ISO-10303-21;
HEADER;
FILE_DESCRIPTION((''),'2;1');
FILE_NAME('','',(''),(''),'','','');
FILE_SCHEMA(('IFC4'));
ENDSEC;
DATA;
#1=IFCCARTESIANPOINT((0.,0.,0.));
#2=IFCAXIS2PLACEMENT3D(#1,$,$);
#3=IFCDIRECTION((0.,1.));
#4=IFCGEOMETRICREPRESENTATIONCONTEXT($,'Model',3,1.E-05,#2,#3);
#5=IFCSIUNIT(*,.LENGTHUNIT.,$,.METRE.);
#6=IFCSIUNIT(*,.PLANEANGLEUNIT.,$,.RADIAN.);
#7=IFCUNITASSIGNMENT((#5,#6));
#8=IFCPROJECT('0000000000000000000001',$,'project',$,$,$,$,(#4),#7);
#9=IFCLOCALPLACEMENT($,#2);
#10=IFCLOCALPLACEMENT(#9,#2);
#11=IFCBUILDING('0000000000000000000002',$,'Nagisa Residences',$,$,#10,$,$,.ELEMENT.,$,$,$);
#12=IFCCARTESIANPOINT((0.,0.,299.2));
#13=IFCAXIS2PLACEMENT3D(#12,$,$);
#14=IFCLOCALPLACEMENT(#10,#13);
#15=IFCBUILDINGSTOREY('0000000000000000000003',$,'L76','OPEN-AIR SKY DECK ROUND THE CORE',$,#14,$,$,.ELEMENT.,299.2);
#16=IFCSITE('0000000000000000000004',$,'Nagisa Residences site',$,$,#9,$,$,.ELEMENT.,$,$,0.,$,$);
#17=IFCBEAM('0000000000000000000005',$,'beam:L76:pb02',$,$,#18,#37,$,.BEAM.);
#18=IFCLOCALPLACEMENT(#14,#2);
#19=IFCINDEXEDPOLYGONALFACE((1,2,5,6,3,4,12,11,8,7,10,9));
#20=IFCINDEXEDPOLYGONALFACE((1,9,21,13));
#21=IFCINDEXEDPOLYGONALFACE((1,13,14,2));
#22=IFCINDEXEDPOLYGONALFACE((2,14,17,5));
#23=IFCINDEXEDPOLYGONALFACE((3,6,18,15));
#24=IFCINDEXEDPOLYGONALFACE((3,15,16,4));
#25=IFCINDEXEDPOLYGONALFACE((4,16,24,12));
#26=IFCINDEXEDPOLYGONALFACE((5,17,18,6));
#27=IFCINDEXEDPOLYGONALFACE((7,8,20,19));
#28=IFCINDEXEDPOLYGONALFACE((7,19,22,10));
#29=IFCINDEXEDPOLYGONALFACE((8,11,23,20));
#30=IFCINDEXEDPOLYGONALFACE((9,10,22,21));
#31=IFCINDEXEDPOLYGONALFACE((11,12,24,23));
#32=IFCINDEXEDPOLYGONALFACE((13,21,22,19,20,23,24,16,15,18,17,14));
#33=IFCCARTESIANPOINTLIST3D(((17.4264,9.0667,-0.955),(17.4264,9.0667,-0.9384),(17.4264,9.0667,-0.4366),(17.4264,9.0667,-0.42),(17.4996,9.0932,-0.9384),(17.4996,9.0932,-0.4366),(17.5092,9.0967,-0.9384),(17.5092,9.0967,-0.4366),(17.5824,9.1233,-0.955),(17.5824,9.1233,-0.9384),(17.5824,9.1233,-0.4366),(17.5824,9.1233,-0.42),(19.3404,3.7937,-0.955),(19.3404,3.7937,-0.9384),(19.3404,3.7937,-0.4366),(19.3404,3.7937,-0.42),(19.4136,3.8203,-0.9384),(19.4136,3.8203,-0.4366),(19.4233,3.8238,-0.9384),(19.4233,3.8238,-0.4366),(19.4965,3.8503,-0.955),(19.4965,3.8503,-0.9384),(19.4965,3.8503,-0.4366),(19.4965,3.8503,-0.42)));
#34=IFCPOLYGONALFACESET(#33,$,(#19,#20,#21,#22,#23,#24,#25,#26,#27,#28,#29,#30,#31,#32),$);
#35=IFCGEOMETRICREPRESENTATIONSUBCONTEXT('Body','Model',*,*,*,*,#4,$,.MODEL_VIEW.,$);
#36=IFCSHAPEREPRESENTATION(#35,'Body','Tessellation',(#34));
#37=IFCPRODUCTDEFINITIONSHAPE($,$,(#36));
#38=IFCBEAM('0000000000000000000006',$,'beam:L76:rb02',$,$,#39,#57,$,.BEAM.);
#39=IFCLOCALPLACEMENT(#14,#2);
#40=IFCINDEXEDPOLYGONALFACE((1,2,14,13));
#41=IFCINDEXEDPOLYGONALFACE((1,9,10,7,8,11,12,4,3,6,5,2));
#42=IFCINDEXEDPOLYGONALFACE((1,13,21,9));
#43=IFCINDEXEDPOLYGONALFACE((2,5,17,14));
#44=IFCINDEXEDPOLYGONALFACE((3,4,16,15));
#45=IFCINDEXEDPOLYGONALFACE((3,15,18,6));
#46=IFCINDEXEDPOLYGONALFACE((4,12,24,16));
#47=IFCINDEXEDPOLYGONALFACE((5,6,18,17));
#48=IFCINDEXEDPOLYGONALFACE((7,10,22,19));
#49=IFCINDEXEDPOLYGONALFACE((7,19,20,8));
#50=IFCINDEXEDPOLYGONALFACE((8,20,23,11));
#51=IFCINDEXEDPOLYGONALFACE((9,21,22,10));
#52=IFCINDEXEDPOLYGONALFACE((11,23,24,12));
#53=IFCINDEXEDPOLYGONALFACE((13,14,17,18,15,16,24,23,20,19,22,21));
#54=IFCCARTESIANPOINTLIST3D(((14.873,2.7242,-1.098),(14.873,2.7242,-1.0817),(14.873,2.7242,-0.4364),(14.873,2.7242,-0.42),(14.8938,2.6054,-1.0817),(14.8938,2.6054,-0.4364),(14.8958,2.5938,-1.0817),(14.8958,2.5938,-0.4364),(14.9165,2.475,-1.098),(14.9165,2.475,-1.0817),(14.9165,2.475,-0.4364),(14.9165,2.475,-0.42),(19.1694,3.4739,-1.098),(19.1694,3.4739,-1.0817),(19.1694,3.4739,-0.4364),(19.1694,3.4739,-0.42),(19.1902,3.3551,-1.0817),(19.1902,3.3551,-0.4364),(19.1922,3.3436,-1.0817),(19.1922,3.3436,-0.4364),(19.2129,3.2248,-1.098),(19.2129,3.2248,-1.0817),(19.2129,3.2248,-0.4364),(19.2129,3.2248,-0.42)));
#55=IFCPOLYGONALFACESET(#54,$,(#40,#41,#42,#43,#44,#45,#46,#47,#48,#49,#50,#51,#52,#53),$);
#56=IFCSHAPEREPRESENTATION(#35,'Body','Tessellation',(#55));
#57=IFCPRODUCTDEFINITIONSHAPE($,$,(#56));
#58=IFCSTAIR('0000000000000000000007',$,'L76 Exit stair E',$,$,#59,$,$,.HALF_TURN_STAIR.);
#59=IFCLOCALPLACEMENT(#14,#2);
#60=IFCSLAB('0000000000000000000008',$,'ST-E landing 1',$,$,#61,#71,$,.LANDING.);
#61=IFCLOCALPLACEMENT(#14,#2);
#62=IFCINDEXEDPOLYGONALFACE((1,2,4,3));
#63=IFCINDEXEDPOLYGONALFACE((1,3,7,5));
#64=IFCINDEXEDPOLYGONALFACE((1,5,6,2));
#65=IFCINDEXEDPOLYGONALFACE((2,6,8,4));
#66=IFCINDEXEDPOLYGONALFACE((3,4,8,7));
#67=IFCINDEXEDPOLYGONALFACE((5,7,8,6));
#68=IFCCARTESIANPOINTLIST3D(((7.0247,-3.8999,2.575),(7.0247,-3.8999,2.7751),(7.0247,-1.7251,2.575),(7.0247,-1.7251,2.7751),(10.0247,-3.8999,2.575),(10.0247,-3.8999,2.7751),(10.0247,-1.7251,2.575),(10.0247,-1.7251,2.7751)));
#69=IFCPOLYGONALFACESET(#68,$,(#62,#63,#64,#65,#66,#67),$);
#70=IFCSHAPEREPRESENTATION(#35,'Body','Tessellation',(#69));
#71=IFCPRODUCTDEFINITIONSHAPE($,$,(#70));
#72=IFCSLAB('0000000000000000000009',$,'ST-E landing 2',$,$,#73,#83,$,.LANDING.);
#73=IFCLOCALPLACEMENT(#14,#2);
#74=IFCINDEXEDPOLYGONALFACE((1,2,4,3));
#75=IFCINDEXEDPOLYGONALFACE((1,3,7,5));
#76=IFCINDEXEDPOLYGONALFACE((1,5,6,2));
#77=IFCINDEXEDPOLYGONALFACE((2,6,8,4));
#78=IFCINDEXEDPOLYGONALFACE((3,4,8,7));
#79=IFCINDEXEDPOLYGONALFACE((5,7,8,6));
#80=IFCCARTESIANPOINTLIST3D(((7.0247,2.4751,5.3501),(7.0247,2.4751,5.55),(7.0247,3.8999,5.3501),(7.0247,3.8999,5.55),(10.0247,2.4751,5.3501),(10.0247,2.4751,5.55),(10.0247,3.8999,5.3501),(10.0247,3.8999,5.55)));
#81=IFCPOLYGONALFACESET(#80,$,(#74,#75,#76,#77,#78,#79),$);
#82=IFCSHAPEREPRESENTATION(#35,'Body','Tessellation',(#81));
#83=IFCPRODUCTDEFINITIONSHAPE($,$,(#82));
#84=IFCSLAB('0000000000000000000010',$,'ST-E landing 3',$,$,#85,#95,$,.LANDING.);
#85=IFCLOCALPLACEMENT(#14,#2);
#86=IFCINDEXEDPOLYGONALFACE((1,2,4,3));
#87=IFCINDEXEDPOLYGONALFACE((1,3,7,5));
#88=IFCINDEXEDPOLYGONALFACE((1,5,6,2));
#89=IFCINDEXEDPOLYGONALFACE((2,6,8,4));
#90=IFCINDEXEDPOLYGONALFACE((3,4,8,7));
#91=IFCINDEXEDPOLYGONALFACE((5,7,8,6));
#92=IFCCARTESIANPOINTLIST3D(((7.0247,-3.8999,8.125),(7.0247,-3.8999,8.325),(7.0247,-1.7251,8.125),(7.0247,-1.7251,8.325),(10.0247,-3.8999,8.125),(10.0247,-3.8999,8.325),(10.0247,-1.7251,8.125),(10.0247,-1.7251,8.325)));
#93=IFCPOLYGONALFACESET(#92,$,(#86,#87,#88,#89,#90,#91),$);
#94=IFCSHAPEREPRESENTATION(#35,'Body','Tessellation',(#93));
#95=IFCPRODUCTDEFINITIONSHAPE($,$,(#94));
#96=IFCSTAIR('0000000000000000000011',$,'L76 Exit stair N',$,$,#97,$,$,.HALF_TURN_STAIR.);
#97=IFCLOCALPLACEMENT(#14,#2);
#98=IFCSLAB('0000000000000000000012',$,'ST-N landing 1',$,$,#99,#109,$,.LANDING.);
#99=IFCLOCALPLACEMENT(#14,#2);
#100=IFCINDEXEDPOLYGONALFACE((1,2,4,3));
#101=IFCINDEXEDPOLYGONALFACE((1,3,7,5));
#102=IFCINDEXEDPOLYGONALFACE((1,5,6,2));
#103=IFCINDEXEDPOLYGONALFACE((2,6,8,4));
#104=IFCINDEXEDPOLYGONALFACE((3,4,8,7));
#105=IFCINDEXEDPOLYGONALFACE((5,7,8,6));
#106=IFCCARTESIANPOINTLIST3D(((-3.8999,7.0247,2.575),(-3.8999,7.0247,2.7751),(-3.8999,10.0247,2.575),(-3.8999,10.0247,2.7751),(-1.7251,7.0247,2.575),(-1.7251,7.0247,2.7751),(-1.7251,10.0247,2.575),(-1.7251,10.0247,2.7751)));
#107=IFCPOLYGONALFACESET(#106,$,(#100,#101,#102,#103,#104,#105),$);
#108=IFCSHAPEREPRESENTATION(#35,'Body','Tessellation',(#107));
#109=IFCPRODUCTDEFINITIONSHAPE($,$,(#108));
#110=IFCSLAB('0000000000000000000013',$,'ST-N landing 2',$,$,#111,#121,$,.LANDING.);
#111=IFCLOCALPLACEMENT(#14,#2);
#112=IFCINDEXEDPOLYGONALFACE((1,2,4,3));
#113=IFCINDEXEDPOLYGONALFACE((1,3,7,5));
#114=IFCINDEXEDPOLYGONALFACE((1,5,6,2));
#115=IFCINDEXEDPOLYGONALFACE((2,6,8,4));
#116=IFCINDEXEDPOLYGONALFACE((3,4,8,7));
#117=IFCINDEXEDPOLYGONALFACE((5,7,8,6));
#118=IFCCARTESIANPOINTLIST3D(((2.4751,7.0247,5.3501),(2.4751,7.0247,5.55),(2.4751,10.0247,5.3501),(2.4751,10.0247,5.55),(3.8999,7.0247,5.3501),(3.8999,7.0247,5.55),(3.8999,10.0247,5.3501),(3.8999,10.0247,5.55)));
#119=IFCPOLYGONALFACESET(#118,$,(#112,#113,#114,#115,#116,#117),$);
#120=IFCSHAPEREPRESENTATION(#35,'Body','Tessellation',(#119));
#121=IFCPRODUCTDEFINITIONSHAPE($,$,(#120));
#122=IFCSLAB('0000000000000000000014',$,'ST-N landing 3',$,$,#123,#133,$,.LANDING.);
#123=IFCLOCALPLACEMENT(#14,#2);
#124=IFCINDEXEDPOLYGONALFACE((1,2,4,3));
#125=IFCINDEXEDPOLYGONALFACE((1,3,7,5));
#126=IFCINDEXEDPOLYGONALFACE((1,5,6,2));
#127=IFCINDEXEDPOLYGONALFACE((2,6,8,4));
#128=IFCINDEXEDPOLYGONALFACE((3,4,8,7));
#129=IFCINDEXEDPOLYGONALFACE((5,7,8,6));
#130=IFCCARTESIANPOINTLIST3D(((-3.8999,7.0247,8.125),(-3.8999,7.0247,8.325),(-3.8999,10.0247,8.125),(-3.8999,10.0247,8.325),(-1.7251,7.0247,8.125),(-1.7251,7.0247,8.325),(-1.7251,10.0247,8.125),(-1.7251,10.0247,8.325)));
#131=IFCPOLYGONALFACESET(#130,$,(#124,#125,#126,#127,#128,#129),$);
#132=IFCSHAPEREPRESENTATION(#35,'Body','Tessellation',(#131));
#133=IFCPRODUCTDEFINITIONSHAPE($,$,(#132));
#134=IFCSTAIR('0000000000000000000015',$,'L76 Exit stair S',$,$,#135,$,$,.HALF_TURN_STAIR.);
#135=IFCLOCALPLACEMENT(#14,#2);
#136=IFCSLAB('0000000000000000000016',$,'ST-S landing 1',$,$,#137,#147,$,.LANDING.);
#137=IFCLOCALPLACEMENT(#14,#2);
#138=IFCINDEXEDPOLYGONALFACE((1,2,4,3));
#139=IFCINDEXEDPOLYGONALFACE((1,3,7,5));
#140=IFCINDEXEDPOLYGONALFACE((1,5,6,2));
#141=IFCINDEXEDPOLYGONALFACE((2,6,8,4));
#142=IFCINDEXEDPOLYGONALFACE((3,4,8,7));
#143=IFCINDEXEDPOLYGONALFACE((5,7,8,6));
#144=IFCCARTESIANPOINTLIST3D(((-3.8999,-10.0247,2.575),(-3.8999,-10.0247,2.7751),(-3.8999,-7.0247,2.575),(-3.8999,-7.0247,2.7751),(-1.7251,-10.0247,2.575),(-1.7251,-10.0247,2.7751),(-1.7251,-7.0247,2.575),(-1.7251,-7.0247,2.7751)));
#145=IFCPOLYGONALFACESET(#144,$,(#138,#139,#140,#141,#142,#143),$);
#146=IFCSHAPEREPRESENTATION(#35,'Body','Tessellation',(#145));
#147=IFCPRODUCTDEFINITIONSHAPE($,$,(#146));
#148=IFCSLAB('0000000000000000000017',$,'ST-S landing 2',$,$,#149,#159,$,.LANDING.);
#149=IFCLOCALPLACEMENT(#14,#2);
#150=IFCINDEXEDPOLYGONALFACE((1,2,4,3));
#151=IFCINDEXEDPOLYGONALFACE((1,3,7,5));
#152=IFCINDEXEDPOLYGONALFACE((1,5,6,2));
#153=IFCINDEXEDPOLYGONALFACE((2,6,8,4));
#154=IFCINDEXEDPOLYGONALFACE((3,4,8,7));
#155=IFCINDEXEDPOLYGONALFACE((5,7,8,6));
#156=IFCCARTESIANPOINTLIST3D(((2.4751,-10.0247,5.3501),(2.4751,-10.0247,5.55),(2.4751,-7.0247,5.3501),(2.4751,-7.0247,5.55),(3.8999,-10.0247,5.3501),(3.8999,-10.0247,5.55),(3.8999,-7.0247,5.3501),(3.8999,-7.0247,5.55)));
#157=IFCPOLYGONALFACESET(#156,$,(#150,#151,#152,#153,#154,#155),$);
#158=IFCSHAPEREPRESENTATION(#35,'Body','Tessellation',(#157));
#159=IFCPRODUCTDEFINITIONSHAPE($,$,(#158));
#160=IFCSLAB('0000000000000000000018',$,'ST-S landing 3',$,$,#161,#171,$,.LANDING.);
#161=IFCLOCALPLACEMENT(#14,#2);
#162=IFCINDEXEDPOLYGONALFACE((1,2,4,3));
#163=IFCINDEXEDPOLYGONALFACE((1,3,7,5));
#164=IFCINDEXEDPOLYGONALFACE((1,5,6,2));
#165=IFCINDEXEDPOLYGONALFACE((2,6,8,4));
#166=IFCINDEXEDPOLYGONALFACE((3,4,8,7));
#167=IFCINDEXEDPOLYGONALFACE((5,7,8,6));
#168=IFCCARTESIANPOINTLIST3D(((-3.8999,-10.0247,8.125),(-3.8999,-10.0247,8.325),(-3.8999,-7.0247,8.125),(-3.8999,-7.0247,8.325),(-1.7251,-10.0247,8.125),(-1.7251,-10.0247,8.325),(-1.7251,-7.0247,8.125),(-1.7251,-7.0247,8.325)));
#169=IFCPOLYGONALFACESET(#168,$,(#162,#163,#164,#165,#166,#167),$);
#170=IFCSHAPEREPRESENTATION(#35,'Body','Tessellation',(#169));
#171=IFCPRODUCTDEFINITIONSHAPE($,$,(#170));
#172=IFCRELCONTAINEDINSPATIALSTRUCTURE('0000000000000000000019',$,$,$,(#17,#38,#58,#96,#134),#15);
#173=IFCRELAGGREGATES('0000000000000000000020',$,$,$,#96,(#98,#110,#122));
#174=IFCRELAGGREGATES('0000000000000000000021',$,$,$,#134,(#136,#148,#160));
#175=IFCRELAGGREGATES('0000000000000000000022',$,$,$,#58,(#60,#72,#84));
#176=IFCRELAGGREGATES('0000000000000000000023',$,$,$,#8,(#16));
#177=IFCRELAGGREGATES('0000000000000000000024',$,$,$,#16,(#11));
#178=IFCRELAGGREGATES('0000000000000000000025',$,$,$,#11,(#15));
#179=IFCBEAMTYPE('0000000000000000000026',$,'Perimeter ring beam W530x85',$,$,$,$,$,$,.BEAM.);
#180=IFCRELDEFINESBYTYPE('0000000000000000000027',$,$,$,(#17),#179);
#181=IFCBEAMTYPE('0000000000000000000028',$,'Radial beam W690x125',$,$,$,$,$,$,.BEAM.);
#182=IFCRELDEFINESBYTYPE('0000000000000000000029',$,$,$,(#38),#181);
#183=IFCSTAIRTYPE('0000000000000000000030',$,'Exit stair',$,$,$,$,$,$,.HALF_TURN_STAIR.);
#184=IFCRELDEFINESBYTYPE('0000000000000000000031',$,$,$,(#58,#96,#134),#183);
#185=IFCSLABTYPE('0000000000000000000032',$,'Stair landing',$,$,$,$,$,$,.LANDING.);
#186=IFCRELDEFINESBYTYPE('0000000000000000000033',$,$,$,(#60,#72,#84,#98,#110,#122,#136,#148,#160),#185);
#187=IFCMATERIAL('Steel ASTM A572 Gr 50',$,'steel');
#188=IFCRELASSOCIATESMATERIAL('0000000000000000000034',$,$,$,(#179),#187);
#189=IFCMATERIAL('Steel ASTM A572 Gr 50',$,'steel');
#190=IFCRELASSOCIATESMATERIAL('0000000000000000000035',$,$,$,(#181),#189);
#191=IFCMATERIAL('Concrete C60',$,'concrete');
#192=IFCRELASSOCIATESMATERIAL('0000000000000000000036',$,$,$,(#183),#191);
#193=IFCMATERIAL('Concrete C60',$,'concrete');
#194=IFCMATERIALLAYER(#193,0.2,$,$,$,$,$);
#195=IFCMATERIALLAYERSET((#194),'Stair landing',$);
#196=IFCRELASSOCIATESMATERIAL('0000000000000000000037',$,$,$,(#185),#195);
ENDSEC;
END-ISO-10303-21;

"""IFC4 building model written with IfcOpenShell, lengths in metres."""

from ifc_helpers import new_model, si_unit, direction, frame, origin, origin_2d, place, context, subcontext, project, spatial, polyline, i_section, outline, extrude, material, layer, layer_set, material_profile, profile_set, type_object, element, aggregate, save


model = new_model("IFC4")

# Units and contexts
model_context = context("Model", 3, precision=1e-05, world=origin(), true_north=direction((0.0, 1.0)))
body_context = subcontext(model_context, "Body", "Model", "MODEL_VIEW")
ifc_project = project(units=[si_unit("LENGTHUNIT", "METRE"), si_unit("PLANEANGLEUNIT", "RADIAN")], contexts=[model_context])

# Site, building, storey
site_placement = place(None, origin())
site = spatial("IfcSite", under=ifc_project, at=site_placement, Name="Nagisa Residences site", CompositionType="ELEMENT", RefElevation=0.0)
building_placement = place(site_placement, origin())
building = spatial("IfcBuilding", under=site, at=building_placement, Name="Nagisa Residences", CompositionType="ELEMENT")
storey_placement = place(building_placement, frame((0.0, 0.0, 299.2)))
storey = spatial("IfcBuildingStorey", under=building, at=storey_placement, Name="L76", Description="OPEN-AIR SKY DECK ROUND THE CORE", CompositionType="ELEMENT", Elevation=299.2)

# Beams
ifc_material_1 = material(Name="Steel ASTM A572 Gr 50", Category="steel")
ifc_material_profile_1 = material_profile(ifc_material_1, i_section(OverallWidth=0.166, OverallDepth=0.5349, WebThickness=0.0103, FlangeThickness=0.0166, at=origin_2d()), Name="W530x85")
ifc_profile_set_1 = profile_set([ifc_material_profile_1], Name="Steel ASTM A572 Gr 50")
beam_type_1 = type_object("IfcBeamType", Name="Perimeter ring beam W530x85", PredefinedType="BEAM", material=ifc_profile_set_1)
beam_1_placement = place(storey_placement, frame((19.4185, 3.822, -0.6875), z_axis=(-0.341212, 0.939986, 0.0), x_axis=(-0.939986, -0.341212, 0.0)))
element("IfcBeam", 1, at=beam_1_placement, inside=storey, type_object=beam_type_1, Name="beam:L76:pb02", PredefinedType="BEAM", context=body_context, shape_type="SweptSolid", body=[
    extrude(i_section(OverallWidth=0.166, OverallDepth=0.5349, WebThickness=0.0103, FlangeThickness=0.0166, at=origin_2d()), origin(), (0.0, 0.0, 1.0), 5.6096),
])
ifc_material_2 = material(Name="Steel ASTM A572 Gr 50", Category="steel")
ifc_material_profile_2 = material_profile(ifc_material_2, i_section(OverallWidth=0.2529, OverallDepth=0.678, WebThickness=0.0117, FlangeThickness=0.0164, at=origin_2d()), Name="W690x125")
ifc_profile_set_2 = profile_set([ifc_material_profile_2], Name="Steel ASTM A572 Gr 50")
beam_type_2 = type_object("IfcBeamType", Name="Radial beam W690x125", PredefinedType="BEAM", material=ifc_profile_set_2)
beam_2_placement = place(storey_placement, frame((19.1912, 3.3494, -0.759), z_axis=(-0.985113, -0.17191, 0.0), x_axis=(0.17191, -0.985113, 0.0)))
element("IfcBeam", 2, at=beam_2_placement, inside=storey, type_object=beam_type_2, Name="beam:L76:rb02", PredefinedType="BEAM", context=body_context, shape_type="SweptSolid", body=[
    extrude(i_section(OverallWidth=0.2529, OverallDepth=0.678, WebThickness=0.0117, FlangeThickness=0.0164, at=origin_2d()), origin(), (0.0, 0.0, 1.0), 4.3613),
])

# Stairs, slabs
ifc_material_3 = material(Name="Concrete C60", Category="concrete")
stair_type = type_object("IfcStairType", Name="Exit stair", PredefinedType="HALF_TURN_STAIR", material=ifc_material_3)
stair_1_placement = place(storey_placement, origin())
stair_1 = element("IfcStair", 3, at=stair_1_placement, inside=storey, type_object=stair_type, Name="L76 Exit stair E", PredefinedType="HALF_TURN_STAIR")
ifc_material_4 = material(Name="Concrete C60", Category="concrete")
ifc_layer_1 = layer(ifc_material_4, 0.2)
ifc_layer_set_1 = layer_set([ifc_layer_1], Name="Stair landing")
slab_type = type_object("IfcSlabType", Name="Stair landing", PredefinedType="LANDING", material=ifc_layer_set_1)
slab_1_placement = place(storey_placement, frame((0.0, 0.0, 2.575)))
slab_1 = element("IfcSlab", 4, at=slab_1_placement, type_object=slab_type, Name="ST-E landing 1", PredefinedType="LANDING", context=body_context, shape_type="SweptSolid", body=[
    extrude(outline(polyline([(7.0247, -1.7251), (7.0247, -3.8999), (10.0247, -3.8999), (10.0247, -1.7251), (7.0247, -1.7251)])), origin(), (0.0, 0.0, 1.0), 0.2002),
])
slab_2_placement = place(storey_placement, frame((0.0, 0.0, 5.3501)))
slab_2 = element("IfcSlab", 5, at=slab_2_placement, type_object=slab_type, Name="ST-E landing 2", PredefinedType="LANDING", context=body_context, shape_type="SweptSolid", body=[
    extrude(outline(polyline([(7.0247, 3.8999), (7.0247, 2.4751), (10.0247, 2.4751), (10.0247, 3.8999), (7.0247, 3.8999)])), origin(), (0.0, 0.0, 1.0), 0.2),
])
slab_3_placement = place(storey_placement, frame((0.0, 0.0, 8.125)))
slab_3 = element("IfcSlab", 6, at=slab_3_placement, type_object=slab_type, Name="ST-E landing 3", PredefinedType="LANDING", context=body_context, shape_type="SweptSolid", body=[
    extrude(outline(polyline([(7.0247, -1.7251), (7.0247, -3.8999), (10.0247, -3.8999), (10.0247, -1.7251), (7.0247, -1.7251)])), origin(), (0.0, 0.0, 1.0), 0.2),
])
stair_2_placement = place(storey_placement, origin())
stair_2 = element("IfcStair", 7, at=stair_2_placement, inside=storey, type_object=stair_type, Name="L76 Exit stair N", PredefinedType="HALF_TURN_STAIR")
slab_4_placement = place(storey_placement, frame((0.0, 0.0, 2.575)))
slab_4 = element("IfcSlab", 8, at=slab_4_placement, type_object=slab_type, Name="ST-N landing 1", PredefinedType="LANDING", context=body_context, shape_type="SweptSolid", body=[
    extrude(outline(polyline([(-1.7251, 10.0247), (-3.8999, 10.0247), (-3.8999, 7.0247), (-1.7251, 7.0247), (-1.7251, 10.0247)])), origin(), (0.0, 0.0, 1.0), 0.2002),
])
slab_5_placement = place(storey_placement, frame((0.0, 0.0, 5.3501)))
slab_5 = element("IfcSlab", 9, at=slab_5_placement, type_object=slab_type, Name="ST-N landing 2", PredefinedType="LANDING", context=body_context, shape_type="SweptSolid", body=[
    extrude(outline(polyline([(3.8999, 10.0247), (2.4751, 10.0247), (2.4751, 7.0247), (3.8999, 7.0247), (3.8999, 10.0247)])), origin(), (0.0, 0.0, 1.0), 0.2),
])
slab_6_placement = place(storey_placement, frame((0.0, 0.0, 8.125)))
slab_6 = element("IfcSlab", 10, at=slab_6_placement, type_object=slab_type, Name="ST-N landing 3", PredefinedType="LANDING", context=body_context, shape_type="SweptSolid", body=[
    extrude(outline(polyline([(-1.7251, 10.0247), (-3.8999, 10.0247), (-3.8999, 7.0247), (-1.7251, 7.0247), (-1.7251, 10.0247)])), origin(), (0.0, 0.0, 1.0), 0.2),
])
aggregate(stair_2, [slab_4, slab_5, slab_6])
stair_3_placement = place(storey_placement, origin())
stair_3 = element("IfcStair", 11, at=stair_3_placement, inside=storey, type_object=stair_type, Name="L76 Exit stair S", PredefinedType="HALF_TURN_STAIR")
slab_7_placement = place(storey_placement, frame((0.0, 0.0, 2.575)))
slab_7 = element("IfcSlab", 12, at=slab_7_placement, type_object=slab_type, Name="ST-S landing 1", PredefinedType="LANDING", context=body_context, shape_type="SweptSolid", body=[
    extrude(outline(polyline([(-1.7251, -7.0247), (-3.8999, -7.0247), (-3.8999, -10.0247), (-1.7251, -10.0247), (-1.7251, -7.0247)])), origin(), (0.0, 0.0, 1.0), 0.2002),
])
slab_8_placement = place(storey_placement, frame((0.0, 0.0, 5.3501)))
slab_8 = element("IfcSlab", 13, at=slab_8_placement, type_object=slab_type, Name="ST-S landing 2", PredefinedType="LANDING", context=body_context, shape_type="SweptSolid", body=[
    extrude(outline(polyline([(3.8999, -7.0247), (2.4751, -7.0247), (2.4751, -10.0247), (3.8999, -10.0247), (3.8999, -7.0247)])), origin(), (0.0, 0.0, 1.0), 0.2),
])
slab_9_placement = place(storey_placement, frame((0.0, 0.0, 8.125)))
slab_9 = element("IfcSlab", 14, at=slab_9_placement, type_object=slab_type, Name="ST-S landing 3", PredefinedType="LANDING", context=body_context, shape_type="SweptSolid", body=[
    extrude(outline(polyline([(-1.7251, -7.0247), (-3.8999, -7.0247), (-3.8999, -10.0247), (-1.7251, -10.0247), (-1.7251, -7.0247)])), origin(), (0.0, 0.0, 1.0), 0.2),
])
aggregate(stair_3, [slab_7, slab_8, slab_9])

aggregate(stair_1, [slab_1, slab_2, slab_3])

save(model, "model.ifc")
